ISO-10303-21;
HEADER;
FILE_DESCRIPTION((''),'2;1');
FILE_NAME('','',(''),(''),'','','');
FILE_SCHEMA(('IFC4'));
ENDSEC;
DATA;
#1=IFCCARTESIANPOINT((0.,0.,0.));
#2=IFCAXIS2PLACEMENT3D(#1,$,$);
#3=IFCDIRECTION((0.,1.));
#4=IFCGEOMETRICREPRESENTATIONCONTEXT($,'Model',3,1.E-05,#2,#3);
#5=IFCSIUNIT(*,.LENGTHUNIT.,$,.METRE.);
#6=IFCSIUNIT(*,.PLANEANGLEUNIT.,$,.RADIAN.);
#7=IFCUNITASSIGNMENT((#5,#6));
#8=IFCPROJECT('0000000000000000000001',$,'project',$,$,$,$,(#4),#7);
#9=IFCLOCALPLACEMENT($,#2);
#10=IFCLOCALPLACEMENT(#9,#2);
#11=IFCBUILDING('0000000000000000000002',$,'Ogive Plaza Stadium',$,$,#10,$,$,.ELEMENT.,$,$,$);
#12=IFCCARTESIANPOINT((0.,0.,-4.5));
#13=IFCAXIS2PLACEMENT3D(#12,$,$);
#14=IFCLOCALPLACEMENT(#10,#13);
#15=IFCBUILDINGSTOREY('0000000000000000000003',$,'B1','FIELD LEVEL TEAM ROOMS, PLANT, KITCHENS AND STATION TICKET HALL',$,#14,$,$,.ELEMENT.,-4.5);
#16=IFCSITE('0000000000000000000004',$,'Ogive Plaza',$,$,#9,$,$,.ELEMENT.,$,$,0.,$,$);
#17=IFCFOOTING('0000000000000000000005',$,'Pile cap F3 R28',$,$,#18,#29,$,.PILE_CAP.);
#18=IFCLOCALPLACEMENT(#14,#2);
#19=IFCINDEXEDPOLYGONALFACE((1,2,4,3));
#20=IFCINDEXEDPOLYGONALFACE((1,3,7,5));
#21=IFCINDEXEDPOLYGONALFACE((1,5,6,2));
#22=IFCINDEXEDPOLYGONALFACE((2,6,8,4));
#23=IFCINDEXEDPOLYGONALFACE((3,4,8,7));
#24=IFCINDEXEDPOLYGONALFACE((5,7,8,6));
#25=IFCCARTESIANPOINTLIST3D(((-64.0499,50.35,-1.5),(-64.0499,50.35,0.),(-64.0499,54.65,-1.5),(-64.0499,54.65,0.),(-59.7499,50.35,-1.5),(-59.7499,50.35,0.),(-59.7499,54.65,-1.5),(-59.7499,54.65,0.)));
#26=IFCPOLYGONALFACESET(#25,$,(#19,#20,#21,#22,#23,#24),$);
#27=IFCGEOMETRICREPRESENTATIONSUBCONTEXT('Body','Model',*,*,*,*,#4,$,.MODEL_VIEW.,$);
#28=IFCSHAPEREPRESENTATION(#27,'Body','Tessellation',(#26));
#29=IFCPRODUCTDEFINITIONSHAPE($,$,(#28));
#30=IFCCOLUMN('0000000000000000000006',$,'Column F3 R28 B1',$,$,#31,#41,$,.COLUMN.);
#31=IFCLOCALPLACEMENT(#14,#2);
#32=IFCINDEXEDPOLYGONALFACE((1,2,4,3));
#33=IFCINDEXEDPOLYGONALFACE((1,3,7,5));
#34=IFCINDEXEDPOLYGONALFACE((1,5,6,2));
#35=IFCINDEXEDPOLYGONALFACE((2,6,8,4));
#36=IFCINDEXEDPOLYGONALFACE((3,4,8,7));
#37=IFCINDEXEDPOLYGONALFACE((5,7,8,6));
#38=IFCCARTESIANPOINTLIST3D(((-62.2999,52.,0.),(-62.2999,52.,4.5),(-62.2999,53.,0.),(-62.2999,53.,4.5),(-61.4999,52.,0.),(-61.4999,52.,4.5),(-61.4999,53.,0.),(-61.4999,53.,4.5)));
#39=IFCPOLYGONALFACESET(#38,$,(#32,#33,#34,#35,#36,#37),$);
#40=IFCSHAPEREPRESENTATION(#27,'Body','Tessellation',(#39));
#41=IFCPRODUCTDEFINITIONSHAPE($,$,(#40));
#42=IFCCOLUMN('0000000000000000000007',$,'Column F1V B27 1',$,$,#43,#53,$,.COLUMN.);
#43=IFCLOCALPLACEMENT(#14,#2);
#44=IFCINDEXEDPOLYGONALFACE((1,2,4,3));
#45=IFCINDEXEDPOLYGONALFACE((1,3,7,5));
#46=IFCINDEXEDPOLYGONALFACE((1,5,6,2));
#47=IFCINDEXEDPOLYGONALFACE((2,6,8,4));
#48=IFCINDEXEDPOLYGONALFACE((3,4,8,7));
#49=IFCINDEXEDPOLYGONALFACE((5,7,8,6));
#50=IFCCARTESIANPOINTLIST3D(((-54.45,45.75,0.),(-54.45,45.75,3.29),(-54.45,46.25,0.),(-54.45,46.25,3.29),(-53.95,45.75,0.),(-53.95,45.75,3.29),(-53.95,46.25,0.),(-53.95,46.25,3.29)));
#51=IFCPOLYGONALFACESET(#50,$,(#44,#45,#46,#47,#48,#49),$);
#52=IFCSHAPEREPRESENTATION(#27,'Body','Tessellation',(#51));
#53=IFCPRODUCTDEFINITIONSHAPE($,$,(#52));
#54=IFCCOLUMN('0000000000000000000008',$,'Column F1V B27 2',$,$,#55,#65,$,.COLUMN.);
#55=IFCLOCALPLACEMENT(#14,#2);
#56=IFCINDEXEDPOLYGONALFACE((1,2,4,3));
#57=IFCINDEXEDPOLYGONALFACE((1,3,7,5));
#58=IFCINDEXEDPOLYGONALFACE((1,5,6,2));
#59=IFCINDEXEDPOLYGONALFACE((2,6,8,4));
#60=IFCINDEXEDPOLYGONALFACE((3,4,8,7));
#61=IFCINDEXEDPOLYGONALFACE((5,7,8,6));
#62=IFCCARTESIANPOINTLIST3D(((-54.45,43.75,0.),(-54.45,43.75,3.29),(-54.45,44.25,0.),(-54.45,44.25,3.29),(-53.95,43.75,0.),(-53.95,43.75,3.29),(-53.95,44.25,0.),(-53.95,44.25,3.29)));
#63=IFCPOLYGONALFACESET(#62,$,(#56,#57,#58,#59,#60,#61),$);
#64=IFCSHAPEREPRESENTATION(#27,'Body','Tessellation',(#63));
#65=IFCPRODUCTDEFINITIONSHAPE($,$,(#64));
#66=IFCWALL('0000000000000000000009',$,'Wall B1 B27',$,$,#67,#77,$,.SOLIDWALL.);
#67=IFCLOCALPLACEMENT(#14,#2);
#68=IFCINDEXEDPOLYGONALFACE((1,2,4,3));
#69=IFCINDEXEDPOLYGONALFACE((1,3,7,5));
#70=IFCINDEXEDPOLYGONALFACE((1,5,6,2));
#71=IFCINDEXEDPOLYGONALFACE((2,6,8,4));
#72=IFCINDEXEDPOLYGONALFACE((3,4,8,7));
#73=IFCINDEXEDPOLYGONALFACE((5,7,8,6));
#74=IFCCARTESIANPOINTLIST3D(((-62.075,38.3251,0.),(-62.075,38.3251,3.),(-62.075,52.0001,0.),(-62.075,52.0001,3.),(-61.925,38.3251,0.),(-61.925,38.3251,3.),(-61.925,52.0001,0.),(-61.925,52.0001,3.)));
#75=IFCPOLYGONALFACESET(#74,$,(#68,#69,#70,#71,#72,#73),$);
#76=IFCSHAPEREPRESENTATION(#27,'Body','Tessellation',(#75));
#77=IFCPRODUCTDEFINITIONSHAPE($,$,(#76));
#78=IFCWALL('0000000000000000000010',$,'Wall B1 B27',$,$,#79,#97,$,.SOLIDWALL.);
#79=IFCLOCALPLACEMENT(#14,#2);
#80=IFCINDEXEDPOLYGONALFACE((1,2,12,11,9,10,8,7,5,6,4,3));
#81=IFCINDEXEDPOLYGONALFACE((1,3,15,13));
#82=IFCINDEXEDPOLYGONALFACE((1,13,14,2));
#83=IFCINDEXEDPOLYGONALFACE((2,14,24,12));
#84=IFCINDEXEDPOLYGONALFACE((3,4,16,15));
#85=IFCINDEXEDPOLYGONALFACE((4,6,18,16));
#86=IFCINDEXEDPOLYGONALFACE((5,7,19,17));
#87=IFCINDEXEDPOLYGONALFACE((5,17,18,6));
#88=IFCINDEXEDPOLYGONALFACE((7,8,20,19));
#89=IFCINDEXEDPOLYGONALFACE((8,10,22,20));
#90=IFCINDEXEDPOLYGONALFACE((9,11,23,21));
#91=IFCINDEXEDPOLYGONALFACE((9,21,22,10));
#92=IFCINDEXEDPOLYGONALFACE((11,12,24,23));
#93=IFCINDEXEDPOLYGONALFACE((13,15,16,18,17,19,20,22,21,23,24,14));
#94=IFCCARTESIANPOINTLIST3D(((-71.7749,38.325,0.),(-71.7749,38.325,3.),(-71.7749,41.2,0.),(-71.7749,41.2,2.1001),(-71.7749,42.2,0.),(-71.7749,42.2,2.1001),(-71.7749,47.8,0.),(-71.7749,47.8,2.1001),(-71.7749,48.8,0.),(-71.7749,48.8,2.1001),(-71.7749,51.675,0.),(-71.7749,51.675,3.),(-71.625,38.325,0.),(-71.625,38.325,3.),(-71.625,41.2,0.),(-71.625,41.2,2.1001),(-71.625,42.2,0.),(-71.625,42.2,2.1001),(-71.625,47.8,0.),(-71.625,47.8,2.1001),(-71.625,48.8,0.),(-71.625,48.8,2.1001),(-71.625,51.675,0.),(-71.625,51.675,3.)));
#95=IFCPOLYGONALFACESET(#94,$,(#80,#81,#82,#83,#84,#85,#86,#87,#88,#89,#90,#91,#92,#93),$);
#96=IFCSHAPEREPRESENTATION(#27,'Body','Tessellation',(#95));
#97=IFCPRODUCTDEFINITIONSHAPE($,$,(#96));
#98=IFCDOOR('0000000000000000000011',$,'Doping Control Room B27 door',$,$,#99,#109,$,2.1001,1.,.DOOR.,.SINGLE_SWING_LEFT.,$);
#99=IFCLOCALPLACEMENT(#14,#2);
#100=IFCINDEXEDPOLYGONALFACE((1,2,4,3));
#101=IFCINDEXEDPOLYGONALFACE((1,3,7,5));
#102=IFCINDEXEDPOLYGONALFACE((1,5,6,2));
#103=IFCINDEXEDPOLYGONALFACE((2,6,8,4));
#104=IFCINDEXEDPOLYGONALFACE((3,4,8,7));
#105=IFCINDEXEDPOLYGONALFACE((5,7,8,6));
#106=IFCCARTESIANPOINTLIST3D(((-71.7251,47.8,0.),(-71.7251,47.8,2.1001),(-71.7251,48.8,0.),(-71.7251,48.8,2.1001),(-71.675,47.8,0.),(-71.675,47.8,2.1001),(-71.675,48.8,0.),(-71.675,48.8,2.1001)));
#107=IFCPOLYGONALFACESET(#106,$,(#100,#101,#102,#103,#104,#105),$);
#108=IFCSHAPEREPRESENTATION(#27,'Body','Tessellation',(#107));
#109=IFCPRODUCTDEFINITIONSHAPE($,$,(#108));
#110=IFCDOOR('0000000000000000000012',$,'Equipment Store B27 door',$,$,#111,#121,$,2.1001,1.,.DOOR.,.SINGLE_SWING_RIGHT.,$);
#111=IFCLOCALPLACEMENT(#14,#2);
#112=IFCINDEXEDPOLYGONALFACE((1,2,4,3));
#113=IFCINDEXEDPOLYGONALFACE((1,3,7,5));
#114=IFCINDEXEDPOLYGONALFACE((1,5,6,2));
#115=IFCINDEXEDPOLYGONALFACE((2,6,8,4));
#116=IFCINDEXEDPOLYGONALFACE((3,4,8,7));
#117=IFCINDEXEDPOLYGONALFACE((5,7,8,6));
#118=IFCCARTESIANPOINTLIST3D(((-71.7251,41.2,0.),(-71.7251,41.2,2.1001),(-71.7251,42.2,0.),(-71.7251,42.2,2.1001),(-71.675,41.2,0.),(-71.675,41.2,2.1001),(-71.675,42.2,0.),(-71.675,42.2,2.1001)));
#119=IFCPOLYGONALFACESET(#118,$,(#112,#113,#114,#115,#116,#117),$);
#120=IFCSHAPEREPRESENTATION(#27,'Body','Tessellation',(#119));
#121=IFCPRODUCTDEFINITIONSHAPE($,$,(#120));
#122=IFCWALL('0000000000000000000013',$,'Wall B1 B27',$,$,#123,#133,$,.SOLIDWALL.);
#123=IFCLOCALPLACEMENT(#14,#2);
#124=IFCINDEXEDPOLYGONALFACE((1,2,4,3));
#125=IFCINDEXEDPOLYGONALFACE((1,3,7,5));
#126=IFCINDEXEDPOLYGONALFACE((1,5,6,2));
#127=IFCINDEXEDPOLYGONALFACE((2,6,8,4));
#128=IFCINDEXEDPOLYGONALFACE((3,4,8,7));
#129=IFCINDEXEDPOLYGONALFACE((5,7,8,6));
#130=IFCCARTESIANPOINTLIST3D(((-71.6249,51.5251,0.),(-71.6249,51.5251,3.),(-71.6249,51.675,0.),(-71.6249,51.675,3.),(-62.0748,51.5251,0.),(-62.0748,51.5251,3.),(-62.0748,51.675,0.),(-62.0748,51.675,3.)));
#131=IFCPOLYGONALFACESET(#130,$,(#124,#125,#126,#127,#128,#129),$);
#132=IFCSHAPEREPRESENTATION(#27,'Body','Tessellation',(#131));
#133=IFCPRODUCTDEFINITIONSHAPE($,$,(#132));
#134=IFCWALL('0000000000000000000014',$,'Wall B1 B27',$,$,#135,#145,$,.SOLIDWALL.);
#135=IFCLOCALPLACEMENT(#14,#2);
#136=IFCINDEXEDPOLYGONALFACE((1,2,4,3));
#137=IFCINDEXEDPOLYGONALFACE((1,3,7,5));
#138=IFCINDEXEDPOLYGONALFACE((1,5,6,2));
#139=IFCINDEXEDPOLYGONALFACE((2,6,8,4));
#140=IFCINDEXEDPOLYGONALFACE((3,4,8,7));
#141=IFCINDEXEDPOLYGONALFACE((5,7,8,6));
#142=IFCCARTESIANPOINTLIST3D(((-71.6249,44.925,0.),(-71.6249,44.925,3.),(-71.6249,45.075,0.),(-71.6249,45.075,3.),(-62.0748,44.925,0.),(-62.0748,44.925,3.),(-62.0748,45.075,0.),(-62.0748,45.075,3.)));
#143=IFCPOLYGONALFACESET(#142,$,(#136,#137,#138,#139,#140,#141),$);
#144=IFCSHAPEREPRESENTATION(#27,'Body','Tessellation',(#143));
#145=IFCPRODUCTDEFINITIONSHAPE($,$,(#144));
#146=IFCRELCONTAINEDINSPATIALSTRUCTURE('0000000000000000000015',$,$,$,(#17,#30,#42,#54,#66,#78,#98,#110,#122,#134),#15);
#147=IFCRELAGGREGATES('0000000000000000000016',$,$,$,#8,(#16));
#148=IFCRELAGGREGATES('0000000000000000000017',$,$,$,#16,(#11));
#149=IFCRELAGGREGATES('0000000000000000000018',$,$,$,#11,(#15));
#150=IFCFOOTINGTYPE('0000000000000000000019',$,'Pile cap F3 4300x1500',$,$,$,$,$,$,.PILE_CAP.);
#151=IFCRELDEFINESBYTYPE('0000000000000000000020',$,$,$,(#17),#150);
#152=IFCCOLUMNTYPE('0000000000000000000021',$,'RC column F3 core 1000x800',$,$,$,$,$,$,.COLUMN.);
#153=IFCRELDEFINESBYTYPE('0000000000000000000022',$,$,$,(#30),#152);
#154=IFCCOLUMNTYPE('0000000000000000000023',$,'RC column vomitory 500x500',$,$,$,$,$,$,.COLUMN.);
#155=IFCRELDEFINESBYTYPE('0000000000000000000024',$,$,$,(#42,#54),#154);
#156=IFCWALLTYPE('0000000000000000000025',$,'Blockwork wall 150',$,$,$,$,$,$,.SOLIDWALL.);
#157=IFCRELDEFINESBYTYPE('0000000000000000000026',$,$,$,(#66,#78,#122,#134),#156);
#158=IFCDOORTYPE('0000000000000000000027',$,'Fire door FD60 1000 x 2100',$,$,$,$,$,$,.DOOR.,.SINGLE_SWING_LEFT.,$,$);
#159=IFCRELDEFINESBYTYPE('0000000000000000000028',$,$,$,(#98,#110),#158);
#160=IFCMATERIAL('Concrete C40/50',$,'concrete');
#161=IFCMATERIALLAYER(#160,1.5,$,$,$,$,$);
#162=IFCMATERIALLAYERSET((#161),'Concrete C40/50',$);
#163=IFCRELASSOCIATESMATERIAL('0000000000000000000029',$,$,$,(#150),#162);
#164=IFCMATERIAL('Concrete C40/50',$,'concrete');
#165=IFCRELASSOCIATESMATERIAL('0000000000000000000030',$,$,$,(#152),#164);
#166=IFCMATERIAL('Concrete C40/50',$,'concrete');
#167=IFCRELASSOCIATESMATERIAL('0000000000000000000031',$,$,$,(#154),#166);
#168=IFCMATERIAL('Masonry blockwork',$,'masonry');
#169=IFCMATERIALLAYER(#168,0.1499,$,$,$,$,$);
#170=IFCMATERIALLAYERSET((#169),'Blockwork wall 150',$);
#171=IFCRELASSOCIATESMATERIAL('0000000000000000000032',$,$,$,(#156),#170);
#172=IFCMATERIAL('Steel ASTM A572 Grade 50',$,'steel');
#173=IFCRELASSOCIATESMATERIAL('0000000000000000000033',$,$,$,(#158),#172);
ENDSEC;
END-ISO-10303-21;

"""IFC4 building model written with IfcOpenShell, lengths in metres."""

from ifc_helpers import new_model, si_unit, direction, frame, frame_2d, origin, origin_2d, place, context, subcontext, project, spatial, rectangle, extrude, material, layer, layer_set, material_profile, profile_set, type_object, element, fill, save


model = new_model("IFC4")

# Units and contexts
model_context = context("Model", 3, precision=1e-05, world=origin(), true_north=direction((0.0, 1.0)))
body_context = subcontext(model_context, "Body", "Model", "MODEL_VIEW")
ifc_project = project(units=[si_unit("LENGTHUNIT", "METRE"), si_unit("PLANEANGLEUNIT", "RADIAN")], contexts=[model_context])

# Site, building, storey
site_placement = place(None, origin())
site = spatial("IfcSite", under=ifc_project, at=site_placement, Name="Ogive Plaza", CompositionType="ELEMENT", RefElevation=0.0)
building_placement = place(site_placement, origin())
building = spatial("IfcBuilding", under=site, at=building_placement, Name="Ogive Plaza Stadium", CompositionType="ELEMENT")
storey_placement = place(building_placement, frame((0.0, 0.0, -4.5)))
storey = spatial("IfcBuildingStorey", under=building, at=storey_placement, Name="B1", Description="FIELD LEVEL TEAM ROOMS, PLANT, KITCHENS AND STATION TICKET HALL", CompositionType="ELEMENT", Elevation=-4.5)

# Footing
ifc_material_1 = material(Name="Concrete C40/50", Category="concrete")
ifc_layer_1 = layer(ifc_material_1, 1.5)
ifc_layer_set_1 = layer_set([ifc_layer_1], Name="Concrete C40/50")
footing_type_1 = type_object("IfcFootingType", Name="Pile cap F3 4300x1500", PredefinedType="PILE_CAP", material=ifc_layer_set_1)
footing_1_placement = place(storey_placement, frame((-61.8999, 52.5, -1.5), z_axis=(0.0, 0.0, 1.0), x_axis=(-1.0, 0.0, 0.0)))
element("IfcFooting", 1, at=footing_1_placement, inside=storey, type_object=footing_type_1, Name="Pile cap F3 R28", PredefinedType="PILE_CAP", context=body_context, shape_type="SweptSolid", body=[
    extrude(rectangle(XDim=4.3, YDim=4.3, at=origin_2d()), origin(), (0.0, 0.0, 1.0), 1.5),
])

# Columns
ifc_material_2 = material(Name="Concrete C40/50", Category="concrete")
ifc_material_profile_1 = material_profile(ifc_material_2, rectangle(XDim=1.0, YDim=0.8, at=origin_2d()), Name="RC 1000x800")
ifc_profile_set_1 = profile_set([ifc_material_profile_1], Name="Concrete C40/50")
column_type_1 = type_object("IfcColumnType", Name="RC column F3 core 1000x800", PredefinedType="COLUMN", material=ifc_profile_set_1)
column_placement = place(storey_placement, frame((-61.8999, 52.5, 0.0), z_axis=(0.0, 0.0, 1.0), x_axis=(0.0, -1.0, 0.0)))
element("IfcColumn", 2, at=column_placement, inside=storey, type_object=column_type_1, Name="Column F3 R28 B1", PredefinedType="COLUMN", context=body_context, shape_type="SweptSolid", body=[
    extrude(rectangle(XDim=1.0, YDim=0.8, at=origin_2d()), origin(), (0.0, 0.0, 1.0), 4.5),
])
ifc_material_3 = material(Name="Concrete C40/50", Category="concrete")
ifc_material_profile_2 = material_profile(ifc_material_3, rectangle(XDim=0.5, YDim=0.5, at=origin_2d()), Name="RC 500x500")
ifc_profile_set_2 = profile_set([ifc_material_profile_2], Name="Concrete C40/50")
column_type_2 = type_object("IfcColumnType", Name="RC column vomitory 500x500", PredefinedType="COLUMN", material=ifc_profile_set_2)
for number, where, z_axis, x_axis, name in (
    (3, (-54.2, 46.0, 0.0), (0.0, 0.0, 1.0), (0.0, -1.0, 0.0), "Column F1V B27 1"),
    (4, (-54.2, 44.0, 0.0), (0.0, 0.0, 1.0), (0.0, -1.0, 0.0), "Column F1V B27 2"),
):
    element("IfcColumn", number, at=place(storey_placement, frame(where, z_axis=z_axis, x_axis=x_axis)), inside=storey, type_object=column_type_2, Name=name, PredefinedType="COLUMN", context=body_context, shape_type="SweptSolid", body=[
        extrude(rectangle(XDim=0.5, YDim=0.5, at=origin_2d()), origin(), (0.0, 0.0, 1.0), 3.29),
    ])

# Wall
ifc_material_4 = material(Name="Masonry blockwork", Category="masonry")
ifc_layer_2 = layer(ifc_material_4, 0.1499)
ifc_layer_set_2 = layer_set([ifc_layer_2], Name="Blockwork wall 150")
wall_type = type_object("IfcWallType", Name="Blockwork wall 150", PredefinedType="SOLIDWALL", material=ifc_layer_set_2)
wall_1_placement = place(storey_placement, frame((-62.0, 52.0, 0.0), z_axis=(0.0, 0.0, 1.0), x_axis=(0.0, -1.0, 0.0)))
element("IfcWall", 5, at=wall_1_placement, inside=storey, type_object=wall_type, Name="Wall B1 B27", PredefinedType="SOLIDWALL", context=body_context, shape_type="SweptSolid", body=[
    extrude(rectangle(XDim=13.675, YDim=0.1499, at=frame_2d((6.8374, 0.0))), origin(), (0.0, 0.0, 1.0), 3.0),
])

# Wall, openings, doors
wall_2_placement = place(storey_placement, frame((-71.7, 51.675, 0.0), z_axis=(0.0, 0.0, 1.0), x_axis=(0.0, -1.0, 0.0)))
wall_2 = element("IfcWall", 6, at=wall_2_placement, inside=storey, type_object=wall_type, Name="Wall B1 B27", PredefinedType="SOLIDWALL", context=body_context, shape_type="SweptSolid", body=[
    extrude(rectangle(XDim=13.3501, YDim=0.1499, at=frame_2d((6.675, 0.0))), origin(), (0.0, 0.0, 1.0), 3.0),
])
opening_1_placement = place(wall_2_placement, frame((2.875, 0.0, 0.0)))
opening_1 = element("IfcOpeningElement", 7, at=opening_1_placement, cuts=wall_2, PredefinedType="OPENING", context=body_context, shape_type="SweptSolid", body=[
    extrude(rectangle(XDim=1.0, YDim=2.1001, at=frame_2d((0.5, 1.05))), frame((0.0, 0.075, 0.0), z_axis=(0.0, -1.0, 0.0), x_axis=(1.0, 0.0, 0.0)), (0.0, 0.0, 1.0), 0.1499),
])
opening_2_placement = place(wall_2_placement, frame((9.4751, 0.0, 0.0)))
opening_2 = element("IfcOpeningElement", 8, at=opening_2_placement, cuts=wall_2, PredefinedType="OPENING", context=body_context, shape_type="SweptSolid", body=[
    extrude(rectangle(XDim=1.0, YDim=2.1001, at=frame_2d((0.5, 1.05))), frame((0.0, 0.075, 0.0), z_axis=(0.0, -1.0, 0.0), x_axis=(1.0, 0.0, 0.0)), (0.0, 0.0, 1.0), 0.1499),
])
ifc_material_5 = material(Name="Steel ASTM A572 Grade 50", Category="steel")
door_type = type_object("IfcDoorType", Name="Fire door FD60 1000 x 2100", OperationType="SINGLE_SWING_LEFT", PredefinedType="DOOR", material=ifc_material_5)
door_1_placement = place(opening_1_placement, origin())
door_1 = element("IfcDoor", 9, at=door_1_placement, inside=storey, type_object=door_type, Name="Doping Control Room B27 door", OperationType="SINGLE_SWING_LEFT", OverallHeight=2.1001, OverallWidth=1.0, PredefinedType="DOOR", context=body_context, shape_type="SweptSolid", body=[
    extrude(rectangle(XDim=1.0, YDim=2.1001, at=frame_2d((0.5, 1.05))), frame((0.0, 0.0249, 0.0), z_axis=(0.0, -1.0, 0.0), x_axis=(1.0, 0.0, 0.0)), (0.0, 0.0, 1.0), 0.05),
])
fill(opening_1, door_1)
door_2_placement = place(opening_2_placement, origin())
door_2 = element("IfcDoor", 10, at=door_2_placement, inside=storey, type_object=door_type, Name="Equipment Store B27 door", OperationType="SINGLE_SWING_RIGHT", OverallHeight=2.1001, OverallWidth=1.0, PredefinedType="DOOR", context=body_context, shape_type="SweptSolid", body=[
    extrude(rectangle(XDim=1.0, YDim=2.1001, at=frame_2d((0.5, 1.05))), frame((0.0, 0.0249, 0.0), z_axis=(0.0, -1.0, 0.0), x_axis=(1.0, 0.0, 0.0)), (0.0, 0.0, 1.0), 0.05),
])
fill(opening_2, door_2)

# Walls
for number, where, z_axis, x_axis, name in (
    (11, (-62.075, 51.6001, 0.0), (0.0, 0.0, 1.0), (-1.0, 0.0, 0.0), "Wall B1 B27"),
    (12, (-62.075, 45.0, 0.0), (0.0, 0.0, 1.0), (-1.0, 0.0, 0.0), "Wall B1 B27"),
):
    element("IfcWall", number, at=place(storey_placement, frame(where, z_axis=z_axis, x_axis=x_axis)), inside=storey, type_object=wall_type, Name=name, PredefinedType="SOLIDWALL", context=body_context, shape_type="SweptSolid", body=[
        extrude(rectangle(XDim=9.55, YDim=0.1499, at=frame_2d((4.7749, 0.0))), origin(), (0.0, 0.0, 1.0), 3.0),
    ])

save(model, "model.ifc")
